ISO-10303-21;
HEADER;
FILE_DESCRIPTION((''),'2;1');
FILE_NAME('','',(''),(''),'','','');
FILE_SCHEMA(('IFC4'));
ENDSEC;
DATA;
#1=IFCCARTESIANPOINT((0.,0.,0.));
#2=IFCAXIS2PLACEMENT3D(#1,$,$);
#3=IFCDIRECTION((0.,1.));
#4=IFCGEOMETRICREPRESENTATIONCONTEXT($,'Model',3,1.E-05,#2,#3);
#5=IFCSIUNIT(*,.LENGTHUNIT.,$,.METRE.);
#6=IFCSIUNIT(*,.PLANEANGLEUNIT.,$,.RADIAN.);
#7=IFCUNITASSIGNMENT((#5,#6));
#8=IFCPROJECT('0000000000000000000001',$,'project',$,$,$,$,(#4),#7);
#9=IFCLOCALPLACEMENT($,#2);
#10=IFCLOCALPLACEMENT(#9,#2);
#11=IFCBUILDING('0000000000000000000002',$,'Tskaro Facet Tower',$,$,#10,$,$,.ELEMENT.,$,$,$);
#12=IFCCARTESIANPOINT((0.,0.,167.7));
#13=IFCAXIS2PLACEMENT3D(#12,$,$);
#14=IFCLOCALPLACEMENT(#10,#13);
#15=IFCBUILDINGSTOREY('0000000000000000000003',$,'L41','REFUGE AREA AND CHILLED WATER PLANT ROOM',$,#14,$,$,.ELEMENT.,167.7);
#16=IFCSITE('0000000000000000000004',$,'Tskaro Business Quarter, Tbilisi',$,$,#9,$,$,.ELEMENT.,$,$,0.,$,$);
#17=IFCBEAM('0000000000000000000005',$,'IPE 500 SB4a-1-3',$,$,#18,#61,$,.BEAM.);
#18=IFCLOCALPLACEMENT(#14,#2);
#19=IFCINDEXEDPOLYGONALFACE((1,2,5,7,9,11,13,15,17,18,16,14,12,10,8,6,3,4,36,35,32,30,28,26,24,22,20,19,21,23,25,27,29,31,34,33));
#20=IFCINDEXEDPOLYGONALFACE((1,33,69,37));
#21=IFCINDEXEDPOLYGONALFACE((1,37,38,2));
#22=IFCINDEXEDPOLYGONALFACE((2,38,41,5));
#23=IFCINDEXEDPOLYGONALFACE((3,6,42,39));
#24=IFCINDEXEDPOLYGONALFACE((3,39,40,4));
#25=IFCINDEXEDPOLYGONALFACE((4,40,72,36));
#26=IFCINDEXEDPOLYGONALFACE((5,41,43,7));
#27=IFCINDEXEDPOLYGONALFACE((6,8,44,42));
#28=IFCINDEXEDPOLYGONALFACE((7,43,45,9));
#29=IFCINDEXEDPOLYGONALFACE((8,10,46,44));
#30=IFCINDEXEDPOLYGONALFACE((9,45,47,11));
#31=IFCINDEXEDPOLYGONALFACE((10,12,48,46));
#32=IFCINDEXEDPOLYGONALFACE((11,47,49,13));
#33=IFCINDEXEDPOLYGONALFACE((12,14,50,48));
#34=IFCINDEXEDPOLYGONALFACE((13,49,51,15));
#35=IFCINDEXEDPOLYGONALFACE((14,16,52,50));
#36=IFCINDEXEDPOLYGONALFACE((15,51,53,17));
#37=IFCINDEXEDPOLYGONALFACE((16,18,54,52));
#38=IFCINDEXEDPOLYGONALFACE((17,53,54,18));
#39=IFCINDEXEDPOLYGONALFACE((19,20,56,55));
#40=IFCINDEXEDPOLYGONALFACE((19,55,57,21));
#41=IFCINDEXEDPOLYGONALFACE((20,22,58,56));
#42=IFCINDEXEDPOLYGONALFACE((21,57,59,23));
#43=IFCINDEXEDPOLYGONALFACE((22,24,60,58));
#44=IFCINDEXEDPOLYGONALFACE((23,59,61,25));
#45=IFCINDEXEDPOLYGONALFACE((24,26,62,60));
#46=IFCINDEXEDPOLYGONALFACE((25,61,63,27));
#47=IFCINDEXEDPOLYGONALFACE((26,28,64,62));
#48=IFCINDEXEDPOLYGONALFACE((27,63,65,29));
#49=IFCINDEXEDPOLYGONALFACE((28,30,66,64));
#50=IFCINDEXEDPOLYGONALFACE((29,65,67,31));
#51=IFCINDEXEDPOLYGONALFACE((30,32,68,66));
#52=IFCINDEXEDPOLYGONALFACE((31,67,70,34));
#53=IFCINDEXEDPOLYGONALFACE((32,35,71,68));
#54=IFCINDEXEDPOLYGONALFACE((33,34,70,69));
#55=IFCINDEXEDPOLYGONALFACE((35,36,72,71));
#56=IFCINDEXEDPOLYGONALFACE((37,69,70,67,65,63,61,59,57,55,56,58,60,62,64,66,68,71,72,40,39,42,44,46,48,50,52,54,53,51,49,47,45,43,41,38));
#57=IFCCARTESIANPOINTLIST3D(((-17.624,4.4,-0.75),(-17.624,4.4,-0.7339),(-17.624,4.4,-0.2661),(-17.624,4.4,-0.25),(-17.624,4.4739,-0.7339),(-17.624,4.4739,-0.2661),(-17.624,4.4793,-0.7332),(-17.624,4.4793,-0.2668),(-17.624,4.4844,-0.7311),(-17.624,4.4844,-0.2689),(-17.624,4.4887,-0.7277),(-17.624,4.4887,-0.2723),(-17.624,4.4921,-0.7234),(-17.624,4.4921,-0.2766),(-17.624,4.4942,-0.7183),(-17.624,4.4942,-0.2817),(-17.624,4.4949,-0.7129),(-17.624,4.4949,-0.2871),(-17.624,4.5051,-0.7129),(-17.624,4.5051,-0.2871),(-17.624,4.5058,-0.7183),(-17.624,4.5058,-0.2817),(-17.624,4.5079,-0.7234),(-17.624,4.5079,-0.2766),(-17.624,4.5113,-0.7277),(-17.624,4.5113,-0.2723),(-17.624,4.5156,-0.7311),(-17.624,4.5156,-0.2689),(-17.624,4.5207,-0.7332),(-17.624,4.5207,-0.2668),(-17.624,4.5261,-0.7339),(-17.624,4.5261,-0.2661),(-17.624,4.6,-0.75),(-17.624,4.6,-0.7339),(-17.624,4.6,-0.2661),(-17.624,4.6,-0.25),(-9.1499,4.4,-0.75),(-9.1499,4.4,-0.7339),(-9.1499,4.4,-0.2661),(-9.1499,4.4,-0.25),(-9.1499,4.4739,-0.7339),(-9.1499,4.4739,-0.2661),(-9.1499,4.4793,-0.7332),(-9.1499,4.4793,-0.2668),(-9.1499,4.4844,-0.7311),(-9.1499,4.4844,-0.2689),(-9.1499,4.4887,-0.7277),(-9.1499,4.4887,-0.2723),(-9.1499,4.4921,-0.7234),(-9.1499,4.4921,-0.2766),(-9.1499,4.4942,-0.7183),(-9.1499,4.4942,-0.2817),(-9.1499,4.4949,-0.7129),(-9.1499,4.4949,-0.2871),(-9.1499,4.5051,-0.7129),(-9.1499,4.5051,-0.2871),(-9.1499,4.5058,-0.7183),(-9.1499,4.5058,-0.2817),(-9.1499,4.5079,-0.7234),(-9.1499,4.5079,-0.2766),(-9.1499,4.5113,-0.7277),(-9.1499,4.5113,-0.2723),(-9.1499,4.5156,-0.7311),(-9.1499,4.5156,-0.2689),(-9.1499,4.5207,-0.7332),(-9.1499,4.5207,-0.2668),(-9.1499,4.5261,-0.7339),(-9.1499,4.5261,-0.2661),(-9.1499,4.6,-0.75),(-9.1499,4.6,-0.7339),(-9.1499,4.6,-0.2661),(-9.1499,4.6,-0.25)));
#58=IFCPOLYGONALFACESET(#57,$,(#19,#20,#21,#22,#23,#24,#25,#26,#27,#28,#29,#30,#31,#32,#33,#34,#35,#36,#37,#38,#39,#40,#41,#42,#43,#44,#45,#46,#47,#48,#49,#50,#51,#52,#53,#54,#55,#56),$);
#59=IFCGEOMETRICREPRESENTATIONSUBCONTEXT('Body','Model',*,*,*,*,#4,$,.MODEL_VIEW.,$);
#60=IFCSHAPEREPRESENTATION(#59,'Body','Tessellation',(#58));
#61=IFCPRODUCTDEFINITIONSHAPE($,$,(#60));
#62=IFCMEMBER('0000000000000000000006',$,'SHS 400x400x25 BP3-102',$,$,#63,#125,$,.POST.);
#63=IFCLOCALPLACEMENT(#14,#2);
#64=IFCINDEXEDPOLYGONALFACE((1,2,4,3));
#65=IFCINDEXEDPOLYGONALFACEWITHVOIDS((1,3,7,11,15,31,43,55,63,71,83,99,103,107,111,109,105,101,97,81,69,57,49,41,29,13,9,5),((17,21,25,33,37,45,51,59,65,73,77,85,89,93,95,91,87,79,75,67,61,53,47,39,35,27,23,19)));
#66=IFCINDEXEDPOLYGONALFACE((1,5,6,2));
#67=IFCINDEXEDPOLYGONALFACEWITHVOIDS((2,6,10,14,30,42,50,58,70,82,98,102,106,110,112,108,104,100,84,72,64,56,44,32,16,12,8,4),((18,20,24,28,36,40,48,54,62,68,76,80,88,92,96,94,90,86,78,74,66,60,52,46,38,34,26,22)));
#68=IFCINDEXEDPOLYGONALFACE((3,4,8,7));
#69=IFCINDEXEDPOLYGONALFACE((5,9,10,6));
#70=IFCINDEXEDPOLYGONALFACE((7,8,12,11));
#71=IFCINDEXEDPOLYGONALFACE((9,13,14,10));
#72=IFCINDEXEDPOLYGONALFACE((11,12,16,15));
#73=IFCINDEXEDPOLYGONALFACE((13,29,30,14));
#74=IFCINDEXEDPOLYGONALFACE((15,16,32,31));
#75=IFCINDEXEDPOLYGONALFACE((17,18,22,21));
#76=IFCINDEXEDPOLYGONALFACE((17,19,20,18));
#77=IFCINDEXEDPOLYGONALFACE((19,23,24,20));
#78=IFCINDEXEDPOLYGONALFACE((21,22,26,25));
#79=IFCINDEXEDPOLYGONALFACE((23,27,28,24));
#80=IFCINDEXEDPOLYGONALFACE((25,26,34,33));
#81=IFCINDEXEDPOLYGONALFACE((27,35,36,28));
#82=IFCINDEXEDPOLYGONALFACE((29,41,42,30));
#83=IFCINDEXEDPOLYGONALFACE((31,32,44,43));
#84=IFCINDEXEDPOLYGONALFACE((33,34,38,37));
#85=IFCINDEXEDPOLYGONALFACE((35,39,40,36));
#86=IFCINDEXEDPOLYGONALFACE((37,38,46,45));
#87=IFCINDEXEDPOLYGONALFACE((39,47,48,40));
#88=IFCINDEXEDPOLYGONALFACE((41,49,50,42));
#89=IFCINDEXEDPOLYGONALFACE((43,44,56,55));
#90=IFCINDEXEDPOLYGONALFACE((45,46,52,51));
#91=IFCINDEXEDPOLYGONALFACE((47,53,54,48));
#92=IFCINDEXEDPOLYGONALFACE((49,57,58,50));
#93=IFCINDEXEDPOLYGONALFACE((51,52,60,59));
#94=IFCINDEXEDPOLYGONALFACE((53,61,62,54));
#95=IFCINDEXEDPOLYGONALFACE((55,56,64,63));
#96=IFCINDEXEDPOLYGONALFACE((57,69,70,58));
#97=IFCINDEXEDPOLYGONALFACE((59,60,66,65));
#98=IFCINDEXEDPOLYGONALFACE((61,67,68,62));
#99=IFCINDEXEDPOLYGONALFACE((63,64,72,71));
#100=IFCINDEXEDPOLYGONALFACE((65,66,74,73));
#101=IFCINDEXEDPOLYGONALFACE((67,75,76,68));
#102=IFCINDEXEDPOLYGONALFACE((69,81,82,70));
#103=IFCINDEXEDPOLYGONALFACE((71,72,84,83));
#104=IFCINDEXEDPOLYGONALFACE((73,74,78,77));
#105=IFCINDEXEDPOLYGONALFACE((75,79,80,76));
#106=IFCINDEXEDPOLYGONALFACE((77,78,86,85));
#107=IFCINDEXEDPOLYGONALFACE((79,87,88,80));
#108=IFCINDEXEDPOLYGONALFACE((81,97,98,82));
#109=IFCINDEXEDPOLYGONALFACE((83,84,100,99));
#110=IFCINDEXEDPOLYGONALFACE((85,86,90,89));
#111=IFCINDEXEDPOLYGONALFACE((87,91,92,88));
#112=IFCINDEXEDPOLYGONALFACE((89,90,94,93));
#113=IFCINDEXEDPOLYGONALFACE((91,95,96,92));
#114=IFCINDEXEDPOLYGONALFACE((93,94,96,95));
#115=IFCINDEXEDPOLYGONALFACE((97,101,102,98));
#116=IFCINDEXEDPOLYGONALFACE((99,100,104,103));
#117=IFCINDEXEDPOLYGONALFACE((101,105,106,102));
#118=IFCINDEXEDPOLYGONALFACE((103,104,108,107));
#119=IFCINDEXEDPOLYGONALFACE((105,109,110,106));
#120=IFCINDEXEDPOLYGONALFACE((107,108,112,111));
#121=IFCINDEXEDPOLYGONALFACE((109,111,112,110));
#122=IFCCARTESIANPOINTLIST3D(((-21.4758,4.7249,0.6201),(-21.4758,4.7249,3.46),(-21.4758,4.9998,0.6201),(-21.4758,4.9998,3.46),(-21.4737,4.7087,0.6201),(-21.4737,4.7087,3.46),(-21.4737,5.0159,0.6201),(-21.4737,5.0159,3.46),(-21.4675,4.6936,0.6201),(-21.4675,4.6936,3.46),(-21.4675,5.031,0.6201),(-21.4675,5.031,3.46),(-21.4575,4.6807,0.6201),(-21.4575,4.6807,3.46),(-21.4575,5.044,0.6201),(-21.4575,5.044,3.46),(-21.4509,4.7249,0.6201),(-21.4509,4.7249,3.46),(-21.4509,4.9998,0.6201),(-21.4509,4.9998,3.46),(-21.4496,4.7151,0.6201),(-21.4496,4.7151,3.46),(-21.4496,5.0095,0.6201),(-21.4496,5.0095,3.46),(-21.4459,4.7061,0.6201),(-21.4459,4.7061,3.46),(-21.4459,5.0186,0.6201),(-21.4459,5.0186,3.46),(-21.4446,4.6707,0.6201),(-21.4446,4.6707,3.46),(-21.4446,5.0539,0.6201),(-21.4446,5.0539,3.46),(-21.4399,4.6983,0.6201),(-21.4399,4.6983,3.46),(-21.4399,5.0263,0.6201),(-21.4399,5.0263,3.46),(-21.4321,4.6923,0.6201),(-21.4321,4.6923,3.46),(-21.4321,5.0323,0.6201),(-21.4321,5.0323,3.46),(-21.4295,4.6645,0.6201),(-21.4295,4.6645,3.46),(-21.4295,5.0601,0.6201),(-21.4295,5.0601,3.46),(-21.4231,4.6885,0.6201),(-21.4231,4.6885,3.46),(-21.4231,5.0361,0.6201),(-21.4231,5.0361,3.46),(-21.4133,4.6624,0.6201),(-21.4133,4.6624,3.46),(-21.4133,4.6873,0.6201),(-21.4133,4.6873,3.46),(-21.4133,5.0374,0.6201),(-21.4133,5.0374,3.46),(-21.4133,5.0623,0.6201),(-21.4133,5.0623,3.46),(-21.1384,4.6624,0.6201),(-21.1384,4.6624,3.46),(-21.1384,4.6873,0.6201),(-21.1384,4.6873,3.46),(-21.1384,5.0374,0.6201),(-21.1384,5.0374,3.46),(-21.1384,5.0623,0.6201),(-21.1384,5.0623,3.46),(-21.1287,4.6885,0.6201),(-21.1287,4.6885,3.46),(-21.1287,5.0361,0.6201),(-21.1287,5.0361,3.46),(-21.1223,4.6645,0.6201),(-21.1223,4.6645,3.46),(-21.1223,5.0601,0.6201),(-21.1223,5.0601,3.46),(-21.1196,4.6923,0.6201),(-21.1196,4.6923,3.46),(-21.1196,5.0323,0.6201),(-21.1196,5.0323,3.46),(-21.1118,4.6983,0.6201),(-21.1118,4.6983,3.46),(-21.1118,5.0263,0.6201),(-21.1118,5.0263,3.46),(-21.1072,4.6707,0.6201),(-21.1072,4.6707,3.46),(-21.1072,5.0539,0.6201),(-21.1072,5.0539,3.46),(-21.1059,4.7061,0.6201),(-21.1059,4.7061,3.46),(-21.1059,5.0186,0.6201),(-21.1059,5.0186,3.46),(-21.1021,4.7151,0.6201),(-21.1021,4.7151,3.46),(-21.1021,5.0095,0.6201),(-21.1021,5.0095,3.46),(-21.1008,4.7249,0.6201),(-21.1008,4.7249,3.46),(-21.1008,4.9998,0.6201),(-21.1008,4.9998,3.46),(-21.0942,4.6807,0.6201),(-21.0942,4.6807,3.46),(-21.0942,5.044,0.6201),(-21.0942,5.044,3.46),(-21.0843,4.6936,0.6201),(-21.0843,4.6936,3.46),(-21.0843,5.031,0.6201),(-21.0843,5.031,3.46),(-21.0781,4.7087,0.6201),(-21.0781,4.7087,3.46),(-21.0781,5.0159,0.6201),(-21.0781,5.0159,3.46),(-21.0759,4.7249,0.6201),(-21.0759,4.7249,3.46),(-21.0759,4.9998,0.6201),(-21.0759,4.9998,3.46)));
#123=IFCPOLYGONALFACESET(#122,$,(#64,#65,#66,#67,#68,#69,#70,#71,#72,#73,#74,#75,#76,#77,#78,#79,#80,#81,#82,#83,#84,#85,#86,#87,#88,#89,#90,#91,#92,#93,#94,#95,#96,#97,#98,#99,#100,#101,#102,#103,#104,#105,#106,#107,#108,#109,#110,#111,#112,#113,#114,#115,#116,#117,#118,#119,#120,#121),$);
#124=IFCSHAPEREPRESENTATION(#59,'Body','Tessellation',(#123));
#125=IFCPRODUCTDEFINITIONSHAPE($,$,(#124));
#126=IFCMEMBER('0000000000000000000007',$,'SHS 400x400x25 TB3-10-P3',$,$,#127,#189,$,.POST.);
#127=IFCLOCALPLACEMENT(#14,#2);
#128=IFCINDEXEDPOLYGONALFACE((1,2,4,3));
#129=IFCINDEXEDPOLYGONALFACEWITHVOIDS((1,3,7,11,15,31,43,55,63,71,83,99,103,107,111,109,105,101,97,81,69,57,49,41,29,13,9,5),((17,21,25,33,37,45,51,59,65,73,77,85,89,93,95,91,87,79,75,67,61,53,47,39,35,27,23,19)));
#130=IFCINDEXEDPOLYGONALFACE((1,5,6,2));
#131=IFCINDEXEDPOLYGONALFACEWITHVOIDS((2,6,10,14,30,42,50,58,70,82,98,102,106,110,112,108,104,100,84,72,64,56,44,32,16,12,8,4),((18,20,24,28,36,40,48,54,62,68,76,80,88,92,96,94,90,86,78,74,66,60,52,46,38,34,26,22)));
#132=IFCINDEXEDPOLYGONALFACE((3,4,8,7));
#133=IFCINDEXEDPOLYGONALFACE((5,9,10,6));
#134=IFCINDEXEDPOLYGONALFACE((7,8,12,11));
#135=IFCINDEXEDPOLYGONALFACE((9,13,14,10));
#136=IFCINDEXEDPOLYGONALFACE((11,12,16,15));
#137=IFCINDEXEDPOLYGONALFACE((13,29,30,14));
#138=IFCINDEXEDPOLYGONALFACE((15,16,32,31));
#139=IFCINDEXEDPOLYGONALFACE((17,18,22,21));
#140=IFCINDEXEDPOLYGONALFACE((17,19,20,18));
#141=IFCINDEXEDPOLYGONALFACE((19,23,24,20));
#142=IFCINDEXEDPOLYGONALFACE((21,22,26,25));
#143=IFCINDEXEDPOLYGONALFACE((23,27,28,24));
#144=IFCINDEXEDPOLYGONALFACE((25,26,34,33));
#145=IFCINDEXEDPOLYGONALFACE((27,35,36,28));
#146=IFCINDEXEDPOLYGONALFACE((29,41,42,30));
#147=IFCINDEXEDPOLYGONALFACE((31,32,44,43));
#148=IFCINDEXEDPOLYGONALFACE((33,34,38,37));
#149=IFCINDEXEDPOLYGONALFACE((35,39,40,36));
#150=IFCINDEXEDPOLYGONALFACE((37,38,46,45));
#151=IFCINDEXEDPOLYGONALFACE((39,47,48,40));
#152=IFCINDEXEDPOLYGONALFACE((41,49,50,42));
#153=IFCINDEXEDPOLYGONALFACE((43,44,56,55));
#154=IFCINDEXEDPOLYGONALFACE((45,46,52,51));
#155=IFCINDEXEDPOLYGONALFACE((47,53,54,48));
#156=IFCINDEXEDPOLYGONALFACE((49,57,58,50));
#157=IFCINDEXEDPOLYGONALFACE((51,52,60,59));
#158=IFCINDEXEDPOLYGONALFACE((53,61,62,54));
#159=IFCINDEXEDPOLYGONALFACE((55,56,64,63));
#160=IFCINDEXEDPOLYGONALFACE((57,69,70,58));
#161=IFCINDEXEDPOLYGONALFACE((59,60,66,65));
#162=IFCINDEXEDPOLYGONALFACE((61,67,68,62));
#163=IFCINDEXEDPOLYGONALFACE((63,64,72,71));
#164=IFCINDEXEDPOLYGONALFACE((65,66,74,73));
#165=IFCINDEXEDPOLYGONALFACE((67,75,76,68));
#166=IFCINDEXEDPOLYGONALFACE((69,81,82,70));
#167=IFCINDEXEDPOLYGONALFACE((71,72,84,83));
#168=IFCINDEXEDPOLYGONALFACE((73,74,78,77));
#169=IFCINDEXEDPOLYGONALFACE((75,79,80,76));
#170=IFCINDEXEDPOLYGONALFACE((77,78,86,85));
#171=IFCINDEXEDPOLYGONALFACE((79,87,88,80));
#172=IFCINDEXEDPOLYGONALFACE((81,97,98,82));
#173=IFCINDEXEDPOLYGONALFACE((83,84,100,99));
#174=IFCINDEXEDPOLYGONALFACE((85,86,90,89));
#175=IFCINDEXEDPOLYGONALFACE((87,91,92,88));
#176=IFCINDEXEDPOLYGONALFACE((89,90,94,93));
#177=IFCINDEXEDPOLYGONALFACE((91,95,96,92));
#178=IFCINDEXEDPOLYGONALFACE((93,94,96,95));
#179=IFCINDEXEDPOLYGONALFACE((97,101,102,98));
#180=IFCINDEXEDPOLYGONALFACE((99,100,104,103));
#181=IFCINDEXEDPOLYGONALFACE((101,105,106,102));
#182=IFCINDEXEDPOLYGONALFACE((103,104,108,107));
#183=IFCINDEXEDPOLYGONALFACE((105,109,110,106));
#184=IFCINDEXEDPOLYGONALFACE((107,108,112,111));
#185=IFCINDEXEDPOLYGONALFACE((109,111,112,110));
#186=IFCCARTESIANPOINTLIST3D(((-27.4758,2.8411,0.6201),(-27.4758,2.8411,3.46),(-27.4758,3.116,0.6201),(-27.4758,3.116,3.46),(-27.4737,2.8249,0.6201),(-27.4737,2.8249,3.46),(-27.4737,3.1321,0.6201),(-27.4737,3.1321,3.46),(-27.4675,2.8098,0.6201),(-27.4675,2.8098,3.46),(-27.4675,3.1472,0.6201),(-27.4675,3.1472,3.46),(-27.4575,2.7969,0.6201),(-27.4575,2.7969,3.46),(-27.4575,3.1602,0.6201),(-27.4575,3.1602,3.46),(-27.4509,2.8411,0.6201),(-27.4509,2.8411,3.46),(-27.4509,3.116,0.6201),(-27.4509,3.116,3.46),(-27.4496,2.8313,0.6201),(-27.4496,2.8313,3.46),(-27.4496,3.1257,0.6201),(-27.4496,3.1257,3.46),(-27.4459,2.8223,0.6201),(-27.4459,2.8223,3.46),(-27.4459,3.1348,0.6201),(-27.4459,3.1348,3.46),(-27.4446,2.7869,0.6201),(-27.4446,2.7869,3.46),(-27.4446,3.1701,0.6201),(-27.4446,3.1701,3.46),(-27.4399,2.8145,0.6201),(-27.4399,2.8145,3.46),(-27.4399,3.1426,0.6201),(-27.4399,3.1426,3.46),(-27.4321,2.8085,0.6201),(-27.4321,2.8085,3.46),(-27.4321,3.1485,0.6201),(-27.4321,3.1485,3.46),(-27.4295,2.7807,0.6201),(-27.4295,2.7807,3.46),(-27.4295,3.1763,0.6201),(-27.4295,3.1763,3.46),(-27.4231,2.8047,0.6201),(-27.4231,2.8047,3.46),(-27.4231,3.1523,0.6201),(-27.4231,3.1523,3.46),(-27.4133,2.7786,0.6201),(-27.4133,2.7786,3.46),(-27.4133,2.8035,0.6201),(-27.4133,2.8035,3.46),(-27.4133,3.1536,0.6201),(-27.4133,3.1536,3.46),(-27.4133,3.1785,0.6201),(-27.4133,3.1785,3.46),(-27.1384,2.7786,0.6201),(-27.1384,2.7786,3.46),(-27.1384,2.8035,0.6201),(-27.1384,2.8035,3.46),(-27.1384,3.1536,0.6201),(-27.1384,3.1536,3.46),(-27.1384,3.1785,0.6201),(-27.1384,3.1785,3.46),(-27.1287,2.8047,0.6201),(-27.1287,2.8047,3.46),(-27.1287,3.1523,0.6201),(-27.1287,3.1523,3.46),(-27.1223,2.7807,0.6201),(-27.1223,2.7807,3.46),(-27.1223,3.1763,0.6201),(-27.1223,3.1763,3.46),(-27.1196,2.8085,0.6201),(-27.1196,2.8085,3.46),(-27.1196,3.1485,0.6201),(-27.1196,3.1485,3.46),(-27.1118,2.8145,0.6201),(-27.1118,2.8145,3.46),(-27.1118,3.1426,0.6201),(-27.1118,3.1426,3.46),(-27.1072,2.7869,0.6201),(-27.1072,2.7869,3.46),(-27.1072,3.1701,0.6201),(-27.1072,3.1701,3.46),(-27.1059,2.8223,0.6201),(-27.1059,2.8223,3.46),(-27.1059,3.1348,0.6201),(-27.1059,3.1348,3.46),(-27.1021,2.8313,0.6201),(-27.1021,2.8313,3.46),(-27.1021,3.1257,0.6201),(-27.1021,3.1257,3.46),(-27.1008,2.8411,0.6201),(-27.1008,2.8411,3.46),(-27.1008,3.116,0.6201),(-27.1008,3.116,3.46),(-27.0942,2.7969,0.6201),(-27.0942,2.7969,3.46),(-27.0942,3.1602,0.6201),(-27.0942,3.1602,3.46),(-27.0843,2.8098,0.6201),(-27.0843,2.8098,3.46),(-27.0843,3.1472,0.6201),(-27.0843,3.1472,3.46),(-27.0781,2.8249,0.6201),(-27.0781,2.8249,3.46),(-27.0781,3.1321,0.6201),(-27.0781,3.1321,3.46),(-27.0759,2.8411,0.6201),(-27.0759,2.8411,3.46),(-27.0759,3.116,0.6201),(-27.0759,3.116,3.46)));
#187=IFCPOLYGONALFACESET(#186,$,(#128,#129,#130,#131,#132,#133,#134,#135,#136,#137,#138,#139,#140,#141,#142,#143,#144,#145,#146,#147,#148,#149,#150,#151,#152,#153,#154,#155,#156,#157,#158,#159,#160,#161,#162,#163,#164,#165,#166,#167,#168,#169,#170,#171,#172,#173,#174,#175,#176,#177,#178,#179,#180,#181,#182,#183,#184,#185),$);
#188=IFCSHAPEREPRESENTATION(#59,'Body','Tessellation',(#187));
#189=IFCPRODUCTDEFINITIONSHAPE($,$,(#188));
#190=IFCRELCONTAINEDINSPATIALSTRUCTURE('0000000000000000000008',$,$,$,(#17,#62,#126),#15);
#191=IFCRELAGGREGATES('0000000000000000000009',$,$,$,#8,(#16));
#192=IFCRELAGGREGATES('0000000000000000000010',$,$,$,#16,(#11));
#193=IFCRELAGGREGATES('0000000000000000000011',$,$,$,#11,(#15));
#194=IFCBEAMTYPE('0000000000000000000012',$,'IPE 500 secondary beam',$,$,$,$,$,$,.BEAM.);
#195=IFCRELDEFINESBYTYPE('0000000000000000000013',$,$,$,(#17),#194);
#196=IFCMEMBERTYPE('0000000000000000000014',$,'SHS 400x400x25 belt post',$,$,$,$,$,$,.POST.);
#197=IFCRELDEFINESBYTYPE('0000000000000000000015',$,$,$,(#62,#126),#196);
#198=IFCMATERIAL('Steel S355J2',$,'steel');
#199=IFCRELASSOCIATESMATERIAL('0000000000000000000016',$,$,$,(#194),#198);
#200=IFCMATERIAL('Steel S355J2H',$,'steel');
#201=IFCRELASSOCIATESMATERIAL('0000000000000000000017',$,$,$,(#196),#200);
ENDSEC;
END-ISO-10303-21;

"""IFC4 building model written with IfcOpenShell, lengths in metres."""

from ifc_helpers import new_model, si_unit, direction, frame, origin, origin_2d, place, context, subcontext, project, spatial, hollow_rectangle, i_section, extrude, material, material_profile, profile_set, type_object, element, save


model = new_model("IFC4")

# Units and contexts
model_context = context("Model", 3, precision=1e-05, world=origin(), true_north=direction((0.0, 1.0)))
body_context = subcontext(model_context, "Body", "Model", "MODEL_VIEW")
ifc_project = project(units=[si_unit("LENGTHUNIT", "METRE"), si_unit("PLANEANGLEUNIT", "RADIAN")], contexts=[model_context])

# Site, building, storey
site_placement = place(None, origin())
site = spatial("IfcSite", under=ifc_project, at=site_placement, Name="Tskaro Business Quarter, Tbilisi", CompositionType="ELEMENT", RefElevation=0.0)
building_placement = place(site_placement, origin())
building = spatial("IfcBuilding", under=site, at=building_placement, Name="Tskaro Facet Tower", CompositionType="ELEMENT")
storey_placement = place(building_placement, frame((0.0, 0.0, 167.7)))
storey = spatial("IfcBuildingStorey", under=building, at=storey_placement, Name="L41", Description="REFUGE AREA AND CHILLED WATER PLANT ROOM", CompositionType="ELEMENT", Elevation=167.7)

# Shared definitions
ifc_material_1 = material(Name="Steel S355J2H", Category="steel")

# Shared definitions
ifc_material_2 = material(Name="Steel S355J2", Category="steel")

# Beam
ifc_material_profile_1 = material_profile(ifc_material_2, i_section(OverallWidth=0.2, OverallDepth=0.5, WebThickness=0.0103, FlangeThickness=0.0161, FilletRadius=0.021, at=origin_2d()), Name="IPE 500")
ifc_profile_set_1 = profile_set([ifc_material_profile_1], Name="Steel S355J2")
beam_type_1 = type_object("IfcBeamType", Name="IPE 500 secondary beam", PredefinedType="BEAM", material=ifc_profile_set_1)
beam_1_placement = place(storey_placement, frame((-17.624, 4.5, -0.5), z_axis=(1.0, 0.0, 0.0), x_axis=(0.0, 1.0, 0.0)))
element("IfcBeam", 1, at=beam_1_placement, inside=storey, type_object=beam_type_1, Name="IPE 500 SB4a-1-3", PredefinedType="BEAM", context=body_context, shape_type="SweptSolid", body=[
    extrude(i_section(OverallWidth=0.2, OverallDepth=0.5, WebThickness=0.0103, FlangeThickness=0.0161, FilletRadius=0.021, at=origin_2d()), origin(), (0.0, 0.0, 1.0), 8.4741),
])

# Members
ifc_material_profile_2 = material_profile(ifc_material_1, hollow_rectangle(XDim=0.3999, YDim=0.3999, WallThickness=0.0249, InnerFilletRadius=0.0376, OuterFilletRadius=0.0625, at=origin_2d()), Name="SHS 400x400x25")
ifc_profile_set_2 = profile_set([ifc_material_profile_2], Name="Steel S355J2H")
member_type_1 = type_object("IfcMemberType", Name="SHS 400x400x25 belt post", PredefinedType="POST", material=ifc_profile_set_2)
for number, where, z_axis, x_axis, name in (
    (2, (-21.2759, 4.8623, 0.6201), (0.0, 0.0, 1.0), (1.0, 0.0, 0.0), "SHS 400x400x25 BP3-102"),
    (3, (-27.2759, 2.9785, 0.6201), (0.0, 0.0, 1.0), (1.0, 0.0, 0.0), "SHS 400x400x25 TB3-10-P3"),
):
    element("IfcMember", number, at=place(storey_placement, frame(where, z_axis=z_axis, x_axis=x_axis)), inside=storey, type_object=member_type_1, Name=name, PredefinedType="POST", context=body_context, shape_type="SweptSolid", body=[
        extrude(hollow_rectangle(XDim=0.3999, YDim=0.3999, WallThickness=0.0249, InnerFilletRadius=0.0376, OuterFilletRadius=0.0625, at=origin_2d()), origin(), (0.0, 0.0, 1.0), 2.8398),
    ])

save(model, "model.ifc")
